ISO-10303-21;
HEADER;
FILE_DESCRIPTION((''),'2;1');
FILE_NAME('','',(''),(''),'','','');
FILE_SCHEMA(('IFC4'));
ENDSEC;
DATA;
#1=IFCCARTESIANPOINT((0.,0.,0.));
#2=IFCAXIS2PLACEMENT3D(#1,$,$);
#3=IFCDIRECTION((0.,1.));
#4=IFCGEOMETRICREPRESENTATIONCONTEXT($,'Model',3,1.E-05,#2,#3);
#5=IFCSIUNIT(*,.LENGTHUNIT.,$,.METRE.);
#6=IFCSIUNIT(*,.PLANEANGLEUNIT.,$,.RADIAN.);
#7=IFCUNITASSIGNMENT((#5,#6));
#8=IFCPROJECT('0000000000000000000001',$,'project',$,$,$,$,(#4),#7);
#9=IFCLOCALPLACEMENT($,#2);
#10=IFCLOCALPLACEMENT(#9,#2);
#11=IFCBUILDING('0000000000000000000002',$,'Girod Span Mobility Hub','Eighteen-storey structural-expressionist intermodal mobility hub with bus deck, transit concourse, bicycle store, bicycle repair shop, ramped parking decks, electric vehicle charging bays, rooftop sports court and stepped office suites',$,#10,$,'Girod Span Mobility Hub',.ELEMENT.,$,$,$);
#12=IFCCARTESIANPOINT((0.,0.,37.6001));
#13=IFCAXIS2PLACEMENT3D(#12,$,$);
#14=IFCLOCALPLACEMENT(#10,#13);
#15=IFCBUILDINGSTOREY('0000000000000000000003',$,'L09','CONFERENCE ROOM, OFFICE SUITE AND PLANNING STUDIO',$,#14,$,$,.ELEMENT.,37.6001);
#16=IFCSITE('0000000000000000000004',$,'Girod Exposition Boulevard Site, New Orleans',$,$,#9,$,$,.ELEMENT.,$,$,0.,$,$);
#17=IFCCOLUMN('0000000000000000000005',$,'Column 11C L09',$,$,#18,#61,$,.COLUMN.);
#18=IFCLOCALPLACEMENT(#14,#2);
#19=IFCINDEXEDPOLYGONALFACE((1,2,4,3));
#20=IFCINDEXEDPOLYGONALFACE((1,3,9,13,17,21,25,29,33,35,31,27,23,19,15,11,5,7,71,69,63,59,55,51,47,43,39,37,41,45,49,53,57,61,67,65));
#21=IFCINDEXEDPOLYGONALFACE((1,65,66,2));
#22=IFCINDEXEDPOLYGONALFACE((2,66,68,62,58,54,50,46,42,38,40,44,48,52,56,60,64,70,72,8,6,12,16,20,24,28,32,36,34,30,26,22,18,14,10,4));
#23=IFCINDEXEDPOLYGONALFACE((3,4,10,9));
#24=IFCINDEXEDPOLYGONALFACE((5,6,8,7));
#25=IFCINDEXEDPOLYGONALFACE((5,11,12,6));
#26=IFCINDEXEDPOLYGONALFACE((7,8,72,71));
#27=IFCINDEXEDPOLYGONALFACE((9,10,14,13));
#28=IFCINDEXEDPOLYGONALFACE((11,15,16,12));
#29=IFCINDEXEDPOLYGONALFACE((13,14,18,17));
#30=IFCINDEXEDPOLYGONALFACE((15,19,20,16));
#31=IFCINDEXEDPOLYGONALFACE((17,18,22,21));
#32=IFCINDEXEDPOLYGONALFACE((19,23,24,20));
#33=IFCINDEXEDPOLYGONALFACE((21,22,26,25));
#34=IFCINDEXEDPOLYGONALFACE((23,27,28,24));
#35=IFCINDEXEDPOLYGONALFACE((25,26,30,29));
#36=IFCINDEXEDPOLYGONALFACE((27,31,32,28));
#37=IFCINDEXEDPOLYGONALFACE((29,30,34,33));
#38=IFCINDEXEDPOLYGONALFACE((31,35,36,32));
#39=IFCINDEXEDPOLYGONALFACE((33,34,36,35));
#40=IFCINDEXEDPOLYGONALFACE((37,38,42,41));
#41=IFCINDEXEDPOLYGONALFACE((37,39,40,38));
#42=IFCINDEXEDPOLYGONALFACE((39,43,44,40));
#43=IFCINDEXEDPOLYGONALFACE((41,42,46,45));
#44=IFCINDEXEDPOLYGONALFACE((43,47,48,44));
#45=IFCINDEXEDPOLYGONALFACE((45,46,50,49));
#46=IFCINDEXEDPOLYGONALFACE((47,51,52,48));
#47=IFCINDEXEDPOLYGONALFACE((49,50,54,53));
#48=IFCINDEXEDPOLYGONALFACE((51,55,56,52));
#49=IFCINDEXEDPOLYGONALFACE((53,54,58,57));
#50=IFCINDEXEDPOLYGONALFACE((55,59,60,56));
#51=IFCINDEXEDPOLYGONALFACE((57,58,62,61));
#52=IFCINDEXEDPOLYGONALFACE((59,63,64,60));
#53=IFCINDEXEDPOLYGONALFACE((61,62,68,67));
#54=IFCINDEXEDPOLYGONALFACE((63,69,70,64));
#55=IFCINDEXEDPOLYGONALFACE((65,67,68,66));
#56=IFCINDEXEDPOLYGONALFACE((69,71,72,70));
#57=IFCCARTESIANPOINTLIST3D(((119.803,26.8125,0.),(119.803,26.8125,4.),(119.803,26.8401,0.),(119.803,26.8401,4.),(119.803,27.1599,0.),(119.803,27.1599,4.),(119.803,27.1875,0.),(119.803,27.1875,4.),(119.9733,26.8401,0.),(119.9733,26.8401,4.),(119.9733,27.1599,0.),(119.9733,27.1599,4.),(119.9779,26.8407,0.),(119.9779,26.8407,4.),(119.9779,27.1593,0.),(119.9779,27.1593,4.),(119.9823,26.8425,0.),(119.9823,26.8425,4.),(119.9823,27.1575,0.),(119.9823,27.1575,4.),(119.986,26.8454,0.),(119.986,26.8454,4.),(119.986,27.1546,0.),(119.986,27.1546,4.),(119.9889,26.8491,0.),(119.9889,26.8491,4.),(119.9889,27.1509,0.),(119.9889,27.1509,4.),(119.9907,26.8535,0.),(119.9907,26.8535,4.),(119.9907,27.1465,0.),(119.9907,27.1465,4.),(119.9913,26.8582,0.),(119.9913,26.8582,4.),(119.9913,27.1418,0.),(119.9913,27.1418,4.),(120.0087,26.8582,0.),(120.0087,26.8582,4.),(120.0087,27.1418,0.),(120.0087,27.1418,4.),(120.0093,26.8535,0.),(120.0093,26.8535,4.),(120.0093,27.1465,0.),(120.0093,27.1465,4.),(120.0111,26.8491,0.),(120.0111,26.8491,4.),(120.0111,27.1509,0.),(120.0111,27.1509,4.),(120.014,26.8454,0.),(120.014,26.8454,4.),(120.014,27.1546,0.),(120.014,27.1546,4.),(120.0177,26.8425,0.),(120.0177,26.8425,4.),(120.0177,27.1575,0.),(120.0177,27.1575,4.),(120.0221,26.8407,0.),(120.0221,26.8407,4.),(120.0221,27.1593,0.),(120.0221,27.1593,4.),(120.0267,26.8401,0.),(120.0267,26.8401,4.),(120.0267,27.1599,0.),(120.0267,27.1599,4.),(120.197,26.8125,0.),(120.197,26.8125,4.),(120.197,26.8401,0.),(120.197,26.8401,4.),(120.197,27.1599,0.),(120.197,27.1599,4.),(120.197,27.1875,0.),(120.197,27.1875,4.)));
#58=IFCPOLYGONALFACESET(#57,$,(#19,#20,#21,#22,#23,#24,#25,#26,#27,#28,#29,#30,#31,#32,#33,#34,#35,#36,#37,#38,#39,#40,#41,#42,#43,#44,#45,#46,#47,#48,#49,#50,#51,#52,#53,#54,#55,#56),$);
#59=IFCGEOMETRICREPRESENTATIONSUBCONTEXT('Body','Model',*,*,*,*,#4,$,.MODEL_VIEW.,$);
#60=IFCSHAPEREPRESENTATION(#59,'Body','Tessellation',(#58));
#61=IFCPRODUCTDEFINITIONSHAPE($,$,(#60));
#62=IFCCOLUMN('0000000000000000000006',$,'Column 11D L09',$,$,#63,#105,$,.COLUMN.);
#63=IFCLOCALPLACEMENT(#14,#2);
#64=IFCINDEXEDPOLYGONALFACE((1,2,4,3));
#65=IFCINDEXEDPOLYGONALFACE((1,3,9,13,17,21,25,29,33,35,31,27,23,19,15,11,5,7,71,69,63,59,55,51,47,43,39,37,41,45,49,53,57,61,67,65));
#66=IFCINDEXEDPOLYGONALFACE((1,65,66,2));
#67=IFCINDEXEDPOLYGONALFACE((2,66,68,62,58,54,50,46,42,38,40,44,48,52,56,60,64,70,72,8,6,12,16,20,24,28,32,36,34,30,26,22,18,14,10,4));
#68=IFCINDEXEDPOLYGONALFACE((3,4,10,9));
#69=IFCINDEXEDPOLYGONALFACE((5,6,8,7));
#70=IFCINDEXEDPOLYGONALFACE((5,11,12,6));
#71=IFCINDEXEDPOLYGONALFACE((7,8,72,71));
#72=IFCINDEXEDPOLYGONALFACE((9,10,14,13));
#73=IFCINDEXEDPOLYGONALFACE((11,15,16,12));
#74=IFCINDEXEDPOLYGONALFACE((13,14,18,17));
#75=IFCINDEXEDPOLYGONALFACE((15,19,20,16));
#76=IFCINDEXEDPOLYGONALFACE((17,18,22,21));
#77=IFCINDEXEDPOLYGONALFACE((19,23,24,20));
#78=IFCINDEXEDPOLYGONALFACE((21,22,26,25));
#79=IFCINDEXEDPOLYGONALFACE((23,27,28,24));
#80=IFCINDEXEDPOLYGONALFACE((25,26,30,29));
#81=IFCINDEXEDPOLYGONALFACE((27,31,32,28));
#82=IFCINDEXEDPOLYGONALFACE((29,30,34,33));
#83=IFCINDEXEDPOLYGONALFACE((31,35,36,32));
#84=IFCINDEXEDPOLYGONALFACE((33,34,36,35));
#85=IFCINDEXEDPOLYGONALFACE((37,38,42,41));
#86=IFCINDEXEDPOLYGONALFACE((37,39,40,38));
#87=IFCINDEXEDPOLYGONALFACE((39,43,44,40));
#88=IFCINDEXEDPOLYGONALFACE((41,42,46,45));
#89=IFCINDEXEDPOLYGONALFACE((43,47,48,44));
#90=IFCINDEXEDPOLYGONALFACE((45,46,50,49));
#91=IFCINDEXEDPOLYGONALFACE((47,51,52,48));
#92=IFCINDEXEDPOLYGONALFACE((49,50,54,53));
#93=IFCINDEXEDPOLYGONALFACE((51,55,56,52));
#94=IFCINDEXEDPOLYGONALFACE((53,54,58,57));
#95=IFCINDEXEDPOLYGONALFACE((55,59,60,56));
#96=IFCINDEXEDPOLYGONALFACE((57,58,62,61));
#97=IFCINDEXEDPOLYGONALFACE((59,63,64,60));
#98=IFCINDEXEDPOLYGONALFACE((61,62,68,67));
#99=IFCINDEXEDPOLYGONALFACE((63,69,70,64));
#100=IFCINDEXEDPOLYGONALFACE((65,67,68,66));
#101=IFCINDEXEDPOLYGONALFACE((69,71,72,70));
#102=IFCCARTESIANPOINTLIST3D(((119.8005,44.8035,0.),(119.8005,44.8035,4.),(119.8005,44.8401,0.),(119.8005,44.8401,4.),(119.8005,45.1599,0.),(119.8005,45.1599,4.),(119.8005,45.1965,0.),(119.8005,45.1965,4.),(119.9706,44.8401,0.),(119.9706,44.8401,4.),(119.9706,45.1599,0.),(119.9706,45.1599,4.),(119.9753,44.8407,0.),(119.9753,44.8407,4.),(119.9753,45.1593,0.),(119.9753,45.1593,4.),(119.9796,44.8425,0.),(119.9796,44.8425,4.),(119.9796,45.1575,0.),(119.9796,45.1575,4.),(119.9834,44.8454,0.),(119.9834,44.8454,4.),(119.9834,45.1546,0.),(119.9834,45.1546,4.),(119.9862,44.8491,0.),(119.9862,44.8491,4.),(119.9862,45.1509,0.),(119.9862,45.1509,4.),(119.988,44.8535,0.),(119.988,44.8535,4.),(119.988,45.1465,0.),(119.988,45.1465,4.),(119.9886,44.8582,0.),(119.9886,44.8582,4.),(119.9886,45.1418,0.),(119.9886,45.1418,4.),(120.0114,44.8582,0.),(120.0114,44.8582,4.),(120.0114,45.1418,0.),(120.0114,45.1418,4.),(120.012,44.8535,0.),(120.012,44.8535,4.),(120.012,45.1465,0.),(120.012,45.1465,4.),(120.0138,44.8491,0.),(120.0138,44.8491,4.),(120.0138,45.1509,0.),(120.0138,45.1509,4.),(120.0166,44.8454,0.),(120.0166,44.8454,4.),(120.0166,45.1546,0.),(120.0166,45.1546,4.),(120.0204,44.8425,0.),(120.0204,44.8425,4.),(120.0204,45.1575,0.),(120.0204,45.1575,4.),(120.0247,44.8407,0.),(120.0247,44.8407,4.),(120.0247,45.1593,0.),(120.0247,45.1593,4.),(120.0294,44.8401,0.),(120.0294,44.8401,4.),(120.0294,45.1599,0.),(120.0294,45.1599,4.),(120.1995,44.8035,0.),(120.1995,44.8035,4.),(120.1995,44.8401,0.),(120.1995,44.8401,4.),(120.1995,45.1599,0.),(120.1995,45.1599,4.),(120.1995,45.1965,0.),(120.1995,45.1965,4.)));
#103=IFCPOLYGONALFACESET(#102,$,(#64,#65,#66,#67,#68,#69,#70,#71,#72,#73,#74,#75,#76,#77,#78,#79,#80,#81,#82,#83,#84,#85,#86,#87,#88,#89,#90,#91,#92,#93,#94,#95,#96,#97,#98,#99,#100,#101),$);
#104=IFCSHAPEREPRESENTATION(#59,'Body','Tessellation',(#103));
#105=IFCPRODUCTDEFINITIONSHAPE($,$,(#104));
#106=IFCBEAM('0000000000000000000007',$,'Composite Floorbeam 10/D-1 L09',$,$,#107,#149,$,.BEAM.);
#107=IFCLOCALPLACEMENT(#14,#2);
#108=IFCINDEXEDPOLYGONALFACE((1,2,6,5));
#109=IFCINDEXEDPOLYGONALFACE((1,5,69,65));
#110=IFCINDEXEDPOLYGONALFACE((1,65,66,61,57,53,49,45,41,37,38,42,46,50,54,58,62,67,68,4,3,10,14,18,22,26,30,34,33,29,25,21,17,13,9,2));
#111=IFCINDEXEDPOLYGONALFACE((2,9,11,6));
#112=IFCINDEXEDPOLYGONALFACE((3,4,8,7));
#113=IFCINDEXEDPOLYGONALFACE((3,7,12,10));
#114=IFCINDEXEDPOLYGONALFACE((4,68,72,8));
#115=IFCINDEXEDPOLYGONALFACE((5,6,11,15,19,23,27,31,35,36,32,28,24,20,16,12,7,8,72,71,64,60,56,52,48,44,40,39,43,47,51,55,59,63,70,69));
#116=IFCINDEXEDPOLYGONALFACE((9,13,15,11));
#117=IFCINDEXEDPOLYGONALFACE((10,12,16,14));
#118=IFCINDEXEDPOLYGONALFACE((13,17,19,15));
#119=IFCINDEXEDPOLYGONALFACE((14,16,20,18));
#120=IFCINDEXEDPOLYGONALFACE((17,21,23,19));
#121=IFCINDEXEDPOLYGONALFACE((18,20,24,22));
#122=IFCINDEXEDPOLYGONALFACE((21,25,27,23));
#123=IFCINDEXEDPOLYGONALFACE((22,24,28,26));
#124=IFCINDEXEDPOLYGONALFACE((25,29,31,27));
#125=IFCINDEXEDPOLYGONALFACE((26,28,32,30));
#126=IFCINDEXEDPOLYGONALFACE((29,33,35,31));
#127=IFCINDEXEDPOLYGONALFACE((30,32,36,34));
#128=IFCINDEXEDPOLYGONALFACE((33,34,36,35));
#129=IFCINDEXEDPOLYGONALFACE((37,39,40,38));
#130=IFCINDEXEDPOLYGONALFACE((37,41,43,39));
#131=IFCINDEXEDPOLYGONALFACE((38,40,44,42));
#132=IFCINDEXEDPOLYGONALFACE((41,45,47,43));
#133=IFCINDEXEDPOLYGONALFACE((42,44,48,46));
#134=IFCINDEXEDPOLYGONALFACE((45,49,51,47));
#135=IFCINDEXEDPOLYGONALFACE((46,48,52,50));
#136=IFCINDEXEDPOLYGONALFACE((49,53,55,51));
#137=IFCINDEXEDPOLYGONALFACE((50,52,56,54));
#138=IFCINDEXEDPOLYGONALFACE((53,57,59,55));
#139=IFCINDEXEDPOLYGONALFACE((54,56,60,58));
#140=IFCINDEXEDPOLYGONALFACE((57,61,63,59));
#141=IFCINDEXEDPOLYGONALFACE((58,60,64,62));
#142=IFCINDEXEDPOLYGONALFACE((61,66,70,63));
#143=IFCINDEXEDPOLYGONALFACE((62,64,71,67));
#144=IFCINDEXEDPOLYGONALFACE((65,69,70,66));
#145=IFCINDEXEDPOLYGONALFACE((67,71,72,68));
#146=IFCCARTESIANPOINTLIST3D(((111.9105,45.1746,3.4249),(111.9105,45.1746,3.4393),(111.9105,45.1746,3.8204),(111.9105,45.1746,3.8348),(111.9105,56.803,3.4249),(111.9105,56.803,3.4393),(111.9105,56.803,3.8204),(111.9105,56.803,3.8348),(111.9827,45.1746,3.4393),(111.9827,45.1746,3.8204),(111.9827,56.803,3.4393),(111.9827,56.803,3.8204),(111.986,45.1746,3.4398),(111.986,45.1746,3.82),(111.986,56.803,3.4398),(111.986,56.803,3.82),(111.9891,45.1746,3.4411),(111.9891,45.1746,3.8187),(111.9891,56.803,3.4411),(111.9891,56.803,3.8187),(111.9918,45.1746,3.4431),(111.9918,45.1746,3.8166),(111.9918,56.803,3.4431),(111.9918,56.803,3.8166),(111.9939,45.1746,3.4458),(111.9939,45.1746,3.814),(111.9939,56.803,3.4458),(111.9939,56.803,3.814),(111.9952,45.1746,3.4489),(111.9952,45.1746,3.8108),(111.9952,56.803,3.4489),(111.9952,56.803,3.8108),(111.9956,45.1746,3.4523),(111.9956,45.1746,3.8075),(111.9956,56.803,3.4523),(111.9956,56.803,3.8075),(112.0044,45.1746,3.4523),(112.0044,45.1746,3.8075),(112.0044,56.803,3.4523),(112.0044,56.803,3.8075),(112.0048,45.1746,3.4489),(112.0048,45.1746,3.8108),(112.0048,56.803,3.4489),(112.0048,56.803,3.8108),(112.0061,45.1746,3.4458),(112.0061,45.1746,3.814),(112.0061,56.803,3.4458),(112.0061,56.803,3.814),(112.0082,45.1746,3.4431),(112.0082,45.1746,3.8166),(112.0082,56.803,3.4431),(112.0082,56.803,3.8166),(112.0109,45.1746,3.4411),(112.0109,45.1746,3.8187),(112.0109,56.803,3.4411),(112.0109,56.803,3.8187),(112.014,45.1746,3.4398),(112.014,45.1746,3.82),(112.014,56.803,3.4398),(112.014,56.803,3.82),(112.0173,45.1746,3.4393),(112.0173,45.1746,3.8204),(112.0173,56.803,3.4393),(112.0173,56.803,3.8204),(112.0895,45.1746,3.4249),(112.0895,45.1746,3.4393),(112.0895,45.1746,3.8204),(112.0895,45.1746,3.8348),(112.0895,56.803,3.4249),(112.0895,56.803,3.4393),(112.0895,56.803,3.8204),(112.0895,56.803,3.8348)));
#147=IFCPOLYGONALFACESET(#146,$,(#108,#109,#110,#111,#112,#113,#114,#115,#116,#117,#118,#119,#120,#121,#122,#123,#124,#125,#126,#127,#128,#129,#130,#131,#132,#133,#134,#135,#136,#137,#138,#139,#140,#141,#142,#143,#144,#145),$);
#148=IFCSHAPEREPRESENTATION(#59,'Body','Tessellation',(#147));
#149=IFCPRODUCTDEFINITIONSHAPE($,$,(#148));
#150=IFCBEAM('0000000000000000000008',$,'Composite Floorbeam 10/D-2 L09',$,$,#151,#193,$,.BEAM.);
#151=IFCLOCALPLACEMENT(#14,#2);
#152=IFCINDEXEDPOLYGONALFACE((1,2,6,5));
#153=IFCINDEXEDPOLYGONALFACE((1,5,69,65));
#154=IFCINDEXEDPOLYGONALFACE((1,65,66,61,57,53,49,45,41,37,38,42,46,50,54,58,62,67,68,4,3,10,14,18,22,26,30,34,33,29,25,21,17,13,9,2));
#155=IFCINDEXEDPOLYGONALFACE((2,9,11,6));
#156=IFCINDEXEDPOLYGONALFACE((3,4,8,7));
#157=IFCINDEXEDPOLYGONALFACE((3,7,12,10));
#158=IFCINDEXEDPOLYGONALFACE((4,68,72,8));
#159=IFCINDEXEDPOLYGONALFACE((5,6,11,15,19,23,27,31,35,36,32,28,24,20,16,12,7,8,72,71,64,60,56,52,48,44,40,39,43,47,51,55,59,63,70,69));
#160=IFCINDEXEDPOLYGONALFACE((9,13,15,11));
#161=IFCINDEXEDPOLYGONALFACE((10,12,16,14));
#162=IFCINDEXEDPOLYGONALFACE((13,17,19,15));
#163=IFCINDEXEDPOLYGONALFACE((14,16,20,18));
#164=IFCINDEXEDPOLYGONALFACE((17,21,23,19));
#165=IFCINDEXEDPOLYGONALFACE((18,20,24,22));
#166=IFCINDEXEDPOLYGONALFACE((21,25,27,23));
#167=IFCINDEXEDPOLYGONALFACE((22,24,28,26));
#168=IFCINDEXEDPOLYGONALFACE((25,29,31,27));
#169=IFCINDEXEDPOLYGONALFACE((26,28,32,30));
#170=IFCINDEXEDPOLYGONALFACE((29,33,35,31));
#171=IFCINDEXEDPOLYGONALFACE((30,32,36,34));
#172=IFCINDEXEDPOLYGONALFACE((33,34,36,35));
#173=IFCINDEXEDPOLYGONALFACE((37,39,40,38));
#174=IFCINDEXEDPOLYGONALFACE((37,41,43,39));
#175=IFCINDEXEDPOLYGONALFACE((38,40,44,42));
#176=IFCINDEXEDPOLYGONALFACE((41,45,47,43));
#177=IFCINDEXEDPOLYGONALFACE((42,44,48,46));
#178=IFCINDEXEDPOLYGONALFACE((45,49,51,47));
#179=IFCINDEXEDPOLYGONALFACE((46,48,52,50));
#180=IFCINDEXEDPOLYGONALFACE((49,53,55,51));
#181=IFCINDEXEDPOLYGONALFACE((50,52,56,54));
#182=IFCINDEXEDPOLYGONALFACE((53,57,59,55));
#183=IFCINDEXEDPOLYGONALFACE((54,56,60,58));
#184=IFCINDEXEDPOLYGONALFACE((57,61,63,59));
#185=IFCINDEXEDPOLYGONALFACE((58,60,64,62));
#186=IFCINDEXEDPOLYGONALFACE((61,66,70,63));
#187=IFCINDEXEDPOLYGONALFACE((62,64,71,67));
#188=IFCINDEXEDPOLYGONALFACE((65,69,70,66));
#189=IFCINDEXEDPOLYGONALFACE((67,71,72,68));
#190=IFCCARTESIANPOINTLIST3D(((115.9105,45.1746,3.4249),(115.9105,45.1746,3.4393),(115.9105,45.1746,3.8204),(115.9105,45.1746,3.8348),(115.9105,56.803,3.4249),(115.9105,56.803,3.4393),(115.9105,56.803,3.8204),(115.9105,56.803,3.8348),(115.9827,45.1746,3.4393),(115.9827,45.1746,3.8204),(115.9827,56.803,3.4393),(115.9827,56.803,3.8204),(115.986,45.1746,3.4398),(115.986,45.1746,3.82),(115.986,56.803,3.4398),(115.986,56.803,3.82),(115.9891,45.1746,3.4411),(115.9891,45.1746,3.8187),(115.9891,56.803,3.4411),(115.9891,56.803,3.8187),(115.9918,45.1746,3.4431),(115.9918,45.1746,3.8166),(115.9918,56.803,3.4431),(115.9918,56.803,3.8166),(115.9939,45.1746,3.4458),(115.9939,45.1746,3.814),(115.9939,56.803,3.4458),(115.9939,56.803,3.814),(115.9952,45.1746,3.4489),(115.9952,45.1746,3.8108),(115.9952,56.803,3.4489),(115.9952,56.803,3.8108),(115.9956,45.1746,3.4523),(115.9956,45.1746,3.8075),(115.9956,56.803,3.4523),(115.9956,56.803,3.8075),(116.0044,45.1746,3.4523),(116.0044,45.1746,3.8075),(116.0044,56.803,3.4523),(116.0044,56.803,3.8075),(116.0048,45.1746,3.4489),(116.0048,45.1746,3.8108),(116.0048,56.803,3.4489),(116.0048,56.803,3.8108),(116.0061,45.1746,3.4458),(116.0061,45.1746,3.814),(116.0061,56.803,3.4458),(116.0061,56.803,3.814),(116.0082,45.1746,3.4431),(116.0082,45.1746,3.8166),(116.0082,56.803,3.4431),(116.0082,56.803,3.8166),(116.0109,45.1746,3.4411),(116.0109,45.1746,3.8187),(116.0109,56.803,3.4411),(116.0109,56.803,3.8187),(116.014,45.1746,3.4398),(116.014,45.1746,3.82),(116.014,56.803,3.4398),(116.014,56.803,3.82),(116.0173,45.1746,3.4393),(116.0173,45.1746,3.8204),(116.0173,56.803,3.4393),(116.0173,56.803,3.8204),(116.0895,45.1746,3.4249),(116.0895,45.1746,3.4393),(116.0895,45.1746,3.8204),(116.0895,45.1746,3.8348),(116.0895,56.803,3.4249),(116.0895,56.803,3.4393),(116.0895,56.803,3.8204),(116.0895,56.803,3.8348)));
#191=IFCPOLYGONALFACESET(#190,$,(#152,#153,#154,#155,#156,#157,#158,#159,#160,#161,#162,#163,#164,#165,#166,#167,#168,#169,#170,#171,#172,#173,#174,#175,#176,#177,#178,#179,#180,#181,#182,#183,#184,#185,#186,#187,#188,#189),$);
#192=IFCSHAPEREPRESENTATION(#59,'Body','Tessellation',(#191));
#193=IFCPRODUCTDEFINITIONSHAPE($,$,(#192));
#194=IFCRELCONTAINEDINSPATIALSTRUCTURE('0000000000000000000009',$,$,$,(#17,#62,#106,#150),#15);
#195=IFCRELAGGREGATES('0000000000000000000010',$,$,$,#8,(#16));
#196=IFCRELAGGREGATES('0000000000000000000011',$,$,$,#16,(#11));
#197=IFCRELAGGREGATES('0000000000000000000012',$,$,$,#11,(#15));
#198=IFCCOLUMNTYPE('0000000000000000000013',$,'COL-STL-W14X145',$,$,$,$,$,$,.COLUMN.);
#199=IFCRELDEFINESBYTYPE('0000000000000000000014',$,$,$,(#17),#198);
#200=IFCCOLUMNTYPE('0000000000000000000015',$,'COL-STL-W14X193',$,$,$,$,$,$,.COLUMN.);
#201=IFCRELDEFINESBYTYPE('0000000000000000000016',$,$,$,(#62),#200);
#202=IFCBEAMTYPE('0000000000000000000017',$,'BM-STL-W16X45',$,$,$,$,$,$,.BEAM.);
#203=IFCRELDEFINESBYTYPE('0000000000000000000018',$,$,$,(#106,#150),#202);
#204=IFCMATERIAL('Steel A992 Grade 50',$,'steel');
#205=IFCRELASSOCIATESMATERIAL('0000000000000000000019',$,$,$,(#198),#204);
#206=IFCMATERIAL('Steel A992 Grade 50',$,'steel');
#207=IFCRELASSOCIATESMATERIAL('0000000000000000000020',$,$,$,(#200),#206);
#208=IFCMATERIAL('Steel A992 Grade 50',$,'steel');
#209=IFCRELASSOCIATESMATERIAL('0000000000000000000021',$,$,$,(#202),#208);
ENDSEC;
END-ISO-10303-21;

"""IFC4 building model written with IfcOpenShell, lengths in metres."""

from ifc_helpers import new_model, si_unit, direction, frame, origin, origin_2d, place, context, subcontext, project, spatial, i_section, extrude, material, material_profile, profile_set, type_object, element, save


model = new_model("IFC4")

# Units and contexts
model_context = context("Model", 3, precision=1e-05, world=origin(), true_north=direction((0.0, 1.0)))
body_context = subcontext(model_context, "Body", "Model", "MODEL_VIEW")
ifc_project = project(units=[si_unit("LENGTHUNIT", "METRE"), si_unit("PLANEANGLEUNIT", "RADIAN")], contexts=[model_context])

# Site, building, storey
site_placement = place(None, origin())
site = spatial("IfcSite", under=ifc_project, at=site_placement, Name="Girod Exposition Boulevard Site, New Orleans", CompositionType="ELEMENT", RefElevation=0.0)
building_placement = place(site_placement, origin())
building = spatial("IfcBuilding", under=site, at=building_placement, Name="Girod Span Mobility Hub", Description="Eighteen-storey structural-expressionist intermodal mobility hub with bus deck, transit concourse, bicycle store, bicycle repair shop, ramped parking decks, electric vehicle charging bays, rooftop sports court and stepped office suites", LongName="Girod Span Mobility Hub", CompositionType="ELEMENT")
storey_placement = place(building_placement, frame((0.0, 0.0, 37.6001)))
storey = spatial("IfcBuildingStorey", under=building, at=storey_placement, Name="L09", Description="CONFERENCE ROOM, OFFICE SUITE AND PLANNING STUDIO", CompositionType="ELEMENT", Elevation=37.6001)

# Columns
ifc_material_1 = material(Name="Steel A992 Grade 50", Category="steel")
ifc_material_profile_1 = material_profile(ifc_material_1, i_section(OverallWidth=0.394, OverallDepth=0.375, WebThickness=0.0173, FlangeThickness=0.0276, FilletRadius=0.0181, at=origin_2d()), Name="W14X145")
ifc_profile_set_1 = profile_set([ifc_material_profile_1], Name="Steel A992 Grade 50")
column_type_1 = type_object("IfcColumnType", Name="COL-STL-W14X145", PredefinedType="COLUMN", material=ifc_profile_set_1)
column_1_placement = place(storey_placement, frame((120.0, 27.0, 0.0), z_axis=(0.0, 0.0, 1.0), x_axis=(1.0, 0.0, 0.0)))
element("IfcColumn", 1, at=column_1_placement, inside=storey, type_object=column_type_1, Name="Column 11C L09", PredefinedType="COLUMN", context=body_context, shape_type="SweptSolid", body=[
    extrude(i_section(OverallWidth=0.394, OverallDepth=0.375, WebThickness=0.0173, FlangeThickness=0.0276, FilletRadius=0.0181, at=origin_2d()), origin(), (0.0, 0.0, 1.0), 4.0),
])
ifc_material_2 = material(Name="Steel A992 Grade 50", Category="steel")
ifc_material_profile_2 = material_profile(ifc_material_2, i_section(OverallWidth=0.3989, OverallDepth=0.3931, WebThickness=0.0227, FlangeThickness=0.0366, FilletRadius=0.0181, at=origin_2d()), Name="W14X193")
ifc_profile_set_2 = profile_set([ifc_material_profile_2], Name="Steel A992 Grade 50")
column_type_2 = type_object("IfcColumnType", Name="COL-STL-W14X193", PredefinedType="COLUMN", material=ifc_profile_set_2)
column_2_placement = place(storey_placement, frame((120.0, 45.0, 0.0), z_axis=(0.0, 0.0, 1.0), x_axis=(1.0, 0.0, 0.0)))
element("IfcColumn", 2, at=column_2_placement, inside=storey, type_object=column_type_2, Name="Column 11D L09", PredefinedType="COLUMN", context=body_context, shape_type="SweptSolid", body=[
    extrude(i_section(OverallWidth=0.3989, OverallDepth=0.3931, WebThickness=0.0227, FlangeThickness=0.0366, FilletRadius=0.0181, at=origin_2d()), origin(), (0.0, 0.0, 1.0), 4.0),
])

# Beams
ifc_material_3 = material(Name="Steel A992 Grade 50", Category="steel")
ifc_material_profile_3 = material_profile(ifc_material_3, i_section(OverallWidth=0.179, OverallDepth=0.4099, WebThickness=0.0088, FlangeThickness=0.0144, FilletRadius=0.0129, at=origin_2d()), Name="W16X45")
ifc_profile_set_3 = profile_set([ifc_material_profile_3], Name="Steel A992 Grade 50")
beam_type_1 = type_object("IfcBeamType", Name="BM-STL-W16X45", PredefinedType="BEAM", material=ifc_profile_set_3)
for number, where, z_axis, x_axis, name in (
    (3, (112.0, 45.1746, 3.6299), (0.0, 1.0, 0.0), (-1.0, 0.0, 0.0), "Composite Floorbeam 10/D-1 L09"),
    (4, (116.0, 45.1746, 3.6299), (0.0, 1.0, 0.0), (-1.0, 0.0, 0.0), "Composite Floorbeam 10/D-2 L09"),
):
    element("IfcBeam", number, at=place(storey_placement, frame(where, z_axis=z_axis, x_axis=x_axis)), inside=storey, type_object=beam_type_1, Name=name, PredefinedType="BEAM", context=body_context, shape_type="SweptSolid", body=[
        extrude(i_section(OverallWidth=0.179, OverallDepth=0.4099, WebThickness=0.0088, FlangeThickness=0.0144, FilletRadius=0.0129, at=origin_2d()), origin(), (0.0, 0.0, 1.0), 11.6284),
    ])

save(model, "model.ifc")
